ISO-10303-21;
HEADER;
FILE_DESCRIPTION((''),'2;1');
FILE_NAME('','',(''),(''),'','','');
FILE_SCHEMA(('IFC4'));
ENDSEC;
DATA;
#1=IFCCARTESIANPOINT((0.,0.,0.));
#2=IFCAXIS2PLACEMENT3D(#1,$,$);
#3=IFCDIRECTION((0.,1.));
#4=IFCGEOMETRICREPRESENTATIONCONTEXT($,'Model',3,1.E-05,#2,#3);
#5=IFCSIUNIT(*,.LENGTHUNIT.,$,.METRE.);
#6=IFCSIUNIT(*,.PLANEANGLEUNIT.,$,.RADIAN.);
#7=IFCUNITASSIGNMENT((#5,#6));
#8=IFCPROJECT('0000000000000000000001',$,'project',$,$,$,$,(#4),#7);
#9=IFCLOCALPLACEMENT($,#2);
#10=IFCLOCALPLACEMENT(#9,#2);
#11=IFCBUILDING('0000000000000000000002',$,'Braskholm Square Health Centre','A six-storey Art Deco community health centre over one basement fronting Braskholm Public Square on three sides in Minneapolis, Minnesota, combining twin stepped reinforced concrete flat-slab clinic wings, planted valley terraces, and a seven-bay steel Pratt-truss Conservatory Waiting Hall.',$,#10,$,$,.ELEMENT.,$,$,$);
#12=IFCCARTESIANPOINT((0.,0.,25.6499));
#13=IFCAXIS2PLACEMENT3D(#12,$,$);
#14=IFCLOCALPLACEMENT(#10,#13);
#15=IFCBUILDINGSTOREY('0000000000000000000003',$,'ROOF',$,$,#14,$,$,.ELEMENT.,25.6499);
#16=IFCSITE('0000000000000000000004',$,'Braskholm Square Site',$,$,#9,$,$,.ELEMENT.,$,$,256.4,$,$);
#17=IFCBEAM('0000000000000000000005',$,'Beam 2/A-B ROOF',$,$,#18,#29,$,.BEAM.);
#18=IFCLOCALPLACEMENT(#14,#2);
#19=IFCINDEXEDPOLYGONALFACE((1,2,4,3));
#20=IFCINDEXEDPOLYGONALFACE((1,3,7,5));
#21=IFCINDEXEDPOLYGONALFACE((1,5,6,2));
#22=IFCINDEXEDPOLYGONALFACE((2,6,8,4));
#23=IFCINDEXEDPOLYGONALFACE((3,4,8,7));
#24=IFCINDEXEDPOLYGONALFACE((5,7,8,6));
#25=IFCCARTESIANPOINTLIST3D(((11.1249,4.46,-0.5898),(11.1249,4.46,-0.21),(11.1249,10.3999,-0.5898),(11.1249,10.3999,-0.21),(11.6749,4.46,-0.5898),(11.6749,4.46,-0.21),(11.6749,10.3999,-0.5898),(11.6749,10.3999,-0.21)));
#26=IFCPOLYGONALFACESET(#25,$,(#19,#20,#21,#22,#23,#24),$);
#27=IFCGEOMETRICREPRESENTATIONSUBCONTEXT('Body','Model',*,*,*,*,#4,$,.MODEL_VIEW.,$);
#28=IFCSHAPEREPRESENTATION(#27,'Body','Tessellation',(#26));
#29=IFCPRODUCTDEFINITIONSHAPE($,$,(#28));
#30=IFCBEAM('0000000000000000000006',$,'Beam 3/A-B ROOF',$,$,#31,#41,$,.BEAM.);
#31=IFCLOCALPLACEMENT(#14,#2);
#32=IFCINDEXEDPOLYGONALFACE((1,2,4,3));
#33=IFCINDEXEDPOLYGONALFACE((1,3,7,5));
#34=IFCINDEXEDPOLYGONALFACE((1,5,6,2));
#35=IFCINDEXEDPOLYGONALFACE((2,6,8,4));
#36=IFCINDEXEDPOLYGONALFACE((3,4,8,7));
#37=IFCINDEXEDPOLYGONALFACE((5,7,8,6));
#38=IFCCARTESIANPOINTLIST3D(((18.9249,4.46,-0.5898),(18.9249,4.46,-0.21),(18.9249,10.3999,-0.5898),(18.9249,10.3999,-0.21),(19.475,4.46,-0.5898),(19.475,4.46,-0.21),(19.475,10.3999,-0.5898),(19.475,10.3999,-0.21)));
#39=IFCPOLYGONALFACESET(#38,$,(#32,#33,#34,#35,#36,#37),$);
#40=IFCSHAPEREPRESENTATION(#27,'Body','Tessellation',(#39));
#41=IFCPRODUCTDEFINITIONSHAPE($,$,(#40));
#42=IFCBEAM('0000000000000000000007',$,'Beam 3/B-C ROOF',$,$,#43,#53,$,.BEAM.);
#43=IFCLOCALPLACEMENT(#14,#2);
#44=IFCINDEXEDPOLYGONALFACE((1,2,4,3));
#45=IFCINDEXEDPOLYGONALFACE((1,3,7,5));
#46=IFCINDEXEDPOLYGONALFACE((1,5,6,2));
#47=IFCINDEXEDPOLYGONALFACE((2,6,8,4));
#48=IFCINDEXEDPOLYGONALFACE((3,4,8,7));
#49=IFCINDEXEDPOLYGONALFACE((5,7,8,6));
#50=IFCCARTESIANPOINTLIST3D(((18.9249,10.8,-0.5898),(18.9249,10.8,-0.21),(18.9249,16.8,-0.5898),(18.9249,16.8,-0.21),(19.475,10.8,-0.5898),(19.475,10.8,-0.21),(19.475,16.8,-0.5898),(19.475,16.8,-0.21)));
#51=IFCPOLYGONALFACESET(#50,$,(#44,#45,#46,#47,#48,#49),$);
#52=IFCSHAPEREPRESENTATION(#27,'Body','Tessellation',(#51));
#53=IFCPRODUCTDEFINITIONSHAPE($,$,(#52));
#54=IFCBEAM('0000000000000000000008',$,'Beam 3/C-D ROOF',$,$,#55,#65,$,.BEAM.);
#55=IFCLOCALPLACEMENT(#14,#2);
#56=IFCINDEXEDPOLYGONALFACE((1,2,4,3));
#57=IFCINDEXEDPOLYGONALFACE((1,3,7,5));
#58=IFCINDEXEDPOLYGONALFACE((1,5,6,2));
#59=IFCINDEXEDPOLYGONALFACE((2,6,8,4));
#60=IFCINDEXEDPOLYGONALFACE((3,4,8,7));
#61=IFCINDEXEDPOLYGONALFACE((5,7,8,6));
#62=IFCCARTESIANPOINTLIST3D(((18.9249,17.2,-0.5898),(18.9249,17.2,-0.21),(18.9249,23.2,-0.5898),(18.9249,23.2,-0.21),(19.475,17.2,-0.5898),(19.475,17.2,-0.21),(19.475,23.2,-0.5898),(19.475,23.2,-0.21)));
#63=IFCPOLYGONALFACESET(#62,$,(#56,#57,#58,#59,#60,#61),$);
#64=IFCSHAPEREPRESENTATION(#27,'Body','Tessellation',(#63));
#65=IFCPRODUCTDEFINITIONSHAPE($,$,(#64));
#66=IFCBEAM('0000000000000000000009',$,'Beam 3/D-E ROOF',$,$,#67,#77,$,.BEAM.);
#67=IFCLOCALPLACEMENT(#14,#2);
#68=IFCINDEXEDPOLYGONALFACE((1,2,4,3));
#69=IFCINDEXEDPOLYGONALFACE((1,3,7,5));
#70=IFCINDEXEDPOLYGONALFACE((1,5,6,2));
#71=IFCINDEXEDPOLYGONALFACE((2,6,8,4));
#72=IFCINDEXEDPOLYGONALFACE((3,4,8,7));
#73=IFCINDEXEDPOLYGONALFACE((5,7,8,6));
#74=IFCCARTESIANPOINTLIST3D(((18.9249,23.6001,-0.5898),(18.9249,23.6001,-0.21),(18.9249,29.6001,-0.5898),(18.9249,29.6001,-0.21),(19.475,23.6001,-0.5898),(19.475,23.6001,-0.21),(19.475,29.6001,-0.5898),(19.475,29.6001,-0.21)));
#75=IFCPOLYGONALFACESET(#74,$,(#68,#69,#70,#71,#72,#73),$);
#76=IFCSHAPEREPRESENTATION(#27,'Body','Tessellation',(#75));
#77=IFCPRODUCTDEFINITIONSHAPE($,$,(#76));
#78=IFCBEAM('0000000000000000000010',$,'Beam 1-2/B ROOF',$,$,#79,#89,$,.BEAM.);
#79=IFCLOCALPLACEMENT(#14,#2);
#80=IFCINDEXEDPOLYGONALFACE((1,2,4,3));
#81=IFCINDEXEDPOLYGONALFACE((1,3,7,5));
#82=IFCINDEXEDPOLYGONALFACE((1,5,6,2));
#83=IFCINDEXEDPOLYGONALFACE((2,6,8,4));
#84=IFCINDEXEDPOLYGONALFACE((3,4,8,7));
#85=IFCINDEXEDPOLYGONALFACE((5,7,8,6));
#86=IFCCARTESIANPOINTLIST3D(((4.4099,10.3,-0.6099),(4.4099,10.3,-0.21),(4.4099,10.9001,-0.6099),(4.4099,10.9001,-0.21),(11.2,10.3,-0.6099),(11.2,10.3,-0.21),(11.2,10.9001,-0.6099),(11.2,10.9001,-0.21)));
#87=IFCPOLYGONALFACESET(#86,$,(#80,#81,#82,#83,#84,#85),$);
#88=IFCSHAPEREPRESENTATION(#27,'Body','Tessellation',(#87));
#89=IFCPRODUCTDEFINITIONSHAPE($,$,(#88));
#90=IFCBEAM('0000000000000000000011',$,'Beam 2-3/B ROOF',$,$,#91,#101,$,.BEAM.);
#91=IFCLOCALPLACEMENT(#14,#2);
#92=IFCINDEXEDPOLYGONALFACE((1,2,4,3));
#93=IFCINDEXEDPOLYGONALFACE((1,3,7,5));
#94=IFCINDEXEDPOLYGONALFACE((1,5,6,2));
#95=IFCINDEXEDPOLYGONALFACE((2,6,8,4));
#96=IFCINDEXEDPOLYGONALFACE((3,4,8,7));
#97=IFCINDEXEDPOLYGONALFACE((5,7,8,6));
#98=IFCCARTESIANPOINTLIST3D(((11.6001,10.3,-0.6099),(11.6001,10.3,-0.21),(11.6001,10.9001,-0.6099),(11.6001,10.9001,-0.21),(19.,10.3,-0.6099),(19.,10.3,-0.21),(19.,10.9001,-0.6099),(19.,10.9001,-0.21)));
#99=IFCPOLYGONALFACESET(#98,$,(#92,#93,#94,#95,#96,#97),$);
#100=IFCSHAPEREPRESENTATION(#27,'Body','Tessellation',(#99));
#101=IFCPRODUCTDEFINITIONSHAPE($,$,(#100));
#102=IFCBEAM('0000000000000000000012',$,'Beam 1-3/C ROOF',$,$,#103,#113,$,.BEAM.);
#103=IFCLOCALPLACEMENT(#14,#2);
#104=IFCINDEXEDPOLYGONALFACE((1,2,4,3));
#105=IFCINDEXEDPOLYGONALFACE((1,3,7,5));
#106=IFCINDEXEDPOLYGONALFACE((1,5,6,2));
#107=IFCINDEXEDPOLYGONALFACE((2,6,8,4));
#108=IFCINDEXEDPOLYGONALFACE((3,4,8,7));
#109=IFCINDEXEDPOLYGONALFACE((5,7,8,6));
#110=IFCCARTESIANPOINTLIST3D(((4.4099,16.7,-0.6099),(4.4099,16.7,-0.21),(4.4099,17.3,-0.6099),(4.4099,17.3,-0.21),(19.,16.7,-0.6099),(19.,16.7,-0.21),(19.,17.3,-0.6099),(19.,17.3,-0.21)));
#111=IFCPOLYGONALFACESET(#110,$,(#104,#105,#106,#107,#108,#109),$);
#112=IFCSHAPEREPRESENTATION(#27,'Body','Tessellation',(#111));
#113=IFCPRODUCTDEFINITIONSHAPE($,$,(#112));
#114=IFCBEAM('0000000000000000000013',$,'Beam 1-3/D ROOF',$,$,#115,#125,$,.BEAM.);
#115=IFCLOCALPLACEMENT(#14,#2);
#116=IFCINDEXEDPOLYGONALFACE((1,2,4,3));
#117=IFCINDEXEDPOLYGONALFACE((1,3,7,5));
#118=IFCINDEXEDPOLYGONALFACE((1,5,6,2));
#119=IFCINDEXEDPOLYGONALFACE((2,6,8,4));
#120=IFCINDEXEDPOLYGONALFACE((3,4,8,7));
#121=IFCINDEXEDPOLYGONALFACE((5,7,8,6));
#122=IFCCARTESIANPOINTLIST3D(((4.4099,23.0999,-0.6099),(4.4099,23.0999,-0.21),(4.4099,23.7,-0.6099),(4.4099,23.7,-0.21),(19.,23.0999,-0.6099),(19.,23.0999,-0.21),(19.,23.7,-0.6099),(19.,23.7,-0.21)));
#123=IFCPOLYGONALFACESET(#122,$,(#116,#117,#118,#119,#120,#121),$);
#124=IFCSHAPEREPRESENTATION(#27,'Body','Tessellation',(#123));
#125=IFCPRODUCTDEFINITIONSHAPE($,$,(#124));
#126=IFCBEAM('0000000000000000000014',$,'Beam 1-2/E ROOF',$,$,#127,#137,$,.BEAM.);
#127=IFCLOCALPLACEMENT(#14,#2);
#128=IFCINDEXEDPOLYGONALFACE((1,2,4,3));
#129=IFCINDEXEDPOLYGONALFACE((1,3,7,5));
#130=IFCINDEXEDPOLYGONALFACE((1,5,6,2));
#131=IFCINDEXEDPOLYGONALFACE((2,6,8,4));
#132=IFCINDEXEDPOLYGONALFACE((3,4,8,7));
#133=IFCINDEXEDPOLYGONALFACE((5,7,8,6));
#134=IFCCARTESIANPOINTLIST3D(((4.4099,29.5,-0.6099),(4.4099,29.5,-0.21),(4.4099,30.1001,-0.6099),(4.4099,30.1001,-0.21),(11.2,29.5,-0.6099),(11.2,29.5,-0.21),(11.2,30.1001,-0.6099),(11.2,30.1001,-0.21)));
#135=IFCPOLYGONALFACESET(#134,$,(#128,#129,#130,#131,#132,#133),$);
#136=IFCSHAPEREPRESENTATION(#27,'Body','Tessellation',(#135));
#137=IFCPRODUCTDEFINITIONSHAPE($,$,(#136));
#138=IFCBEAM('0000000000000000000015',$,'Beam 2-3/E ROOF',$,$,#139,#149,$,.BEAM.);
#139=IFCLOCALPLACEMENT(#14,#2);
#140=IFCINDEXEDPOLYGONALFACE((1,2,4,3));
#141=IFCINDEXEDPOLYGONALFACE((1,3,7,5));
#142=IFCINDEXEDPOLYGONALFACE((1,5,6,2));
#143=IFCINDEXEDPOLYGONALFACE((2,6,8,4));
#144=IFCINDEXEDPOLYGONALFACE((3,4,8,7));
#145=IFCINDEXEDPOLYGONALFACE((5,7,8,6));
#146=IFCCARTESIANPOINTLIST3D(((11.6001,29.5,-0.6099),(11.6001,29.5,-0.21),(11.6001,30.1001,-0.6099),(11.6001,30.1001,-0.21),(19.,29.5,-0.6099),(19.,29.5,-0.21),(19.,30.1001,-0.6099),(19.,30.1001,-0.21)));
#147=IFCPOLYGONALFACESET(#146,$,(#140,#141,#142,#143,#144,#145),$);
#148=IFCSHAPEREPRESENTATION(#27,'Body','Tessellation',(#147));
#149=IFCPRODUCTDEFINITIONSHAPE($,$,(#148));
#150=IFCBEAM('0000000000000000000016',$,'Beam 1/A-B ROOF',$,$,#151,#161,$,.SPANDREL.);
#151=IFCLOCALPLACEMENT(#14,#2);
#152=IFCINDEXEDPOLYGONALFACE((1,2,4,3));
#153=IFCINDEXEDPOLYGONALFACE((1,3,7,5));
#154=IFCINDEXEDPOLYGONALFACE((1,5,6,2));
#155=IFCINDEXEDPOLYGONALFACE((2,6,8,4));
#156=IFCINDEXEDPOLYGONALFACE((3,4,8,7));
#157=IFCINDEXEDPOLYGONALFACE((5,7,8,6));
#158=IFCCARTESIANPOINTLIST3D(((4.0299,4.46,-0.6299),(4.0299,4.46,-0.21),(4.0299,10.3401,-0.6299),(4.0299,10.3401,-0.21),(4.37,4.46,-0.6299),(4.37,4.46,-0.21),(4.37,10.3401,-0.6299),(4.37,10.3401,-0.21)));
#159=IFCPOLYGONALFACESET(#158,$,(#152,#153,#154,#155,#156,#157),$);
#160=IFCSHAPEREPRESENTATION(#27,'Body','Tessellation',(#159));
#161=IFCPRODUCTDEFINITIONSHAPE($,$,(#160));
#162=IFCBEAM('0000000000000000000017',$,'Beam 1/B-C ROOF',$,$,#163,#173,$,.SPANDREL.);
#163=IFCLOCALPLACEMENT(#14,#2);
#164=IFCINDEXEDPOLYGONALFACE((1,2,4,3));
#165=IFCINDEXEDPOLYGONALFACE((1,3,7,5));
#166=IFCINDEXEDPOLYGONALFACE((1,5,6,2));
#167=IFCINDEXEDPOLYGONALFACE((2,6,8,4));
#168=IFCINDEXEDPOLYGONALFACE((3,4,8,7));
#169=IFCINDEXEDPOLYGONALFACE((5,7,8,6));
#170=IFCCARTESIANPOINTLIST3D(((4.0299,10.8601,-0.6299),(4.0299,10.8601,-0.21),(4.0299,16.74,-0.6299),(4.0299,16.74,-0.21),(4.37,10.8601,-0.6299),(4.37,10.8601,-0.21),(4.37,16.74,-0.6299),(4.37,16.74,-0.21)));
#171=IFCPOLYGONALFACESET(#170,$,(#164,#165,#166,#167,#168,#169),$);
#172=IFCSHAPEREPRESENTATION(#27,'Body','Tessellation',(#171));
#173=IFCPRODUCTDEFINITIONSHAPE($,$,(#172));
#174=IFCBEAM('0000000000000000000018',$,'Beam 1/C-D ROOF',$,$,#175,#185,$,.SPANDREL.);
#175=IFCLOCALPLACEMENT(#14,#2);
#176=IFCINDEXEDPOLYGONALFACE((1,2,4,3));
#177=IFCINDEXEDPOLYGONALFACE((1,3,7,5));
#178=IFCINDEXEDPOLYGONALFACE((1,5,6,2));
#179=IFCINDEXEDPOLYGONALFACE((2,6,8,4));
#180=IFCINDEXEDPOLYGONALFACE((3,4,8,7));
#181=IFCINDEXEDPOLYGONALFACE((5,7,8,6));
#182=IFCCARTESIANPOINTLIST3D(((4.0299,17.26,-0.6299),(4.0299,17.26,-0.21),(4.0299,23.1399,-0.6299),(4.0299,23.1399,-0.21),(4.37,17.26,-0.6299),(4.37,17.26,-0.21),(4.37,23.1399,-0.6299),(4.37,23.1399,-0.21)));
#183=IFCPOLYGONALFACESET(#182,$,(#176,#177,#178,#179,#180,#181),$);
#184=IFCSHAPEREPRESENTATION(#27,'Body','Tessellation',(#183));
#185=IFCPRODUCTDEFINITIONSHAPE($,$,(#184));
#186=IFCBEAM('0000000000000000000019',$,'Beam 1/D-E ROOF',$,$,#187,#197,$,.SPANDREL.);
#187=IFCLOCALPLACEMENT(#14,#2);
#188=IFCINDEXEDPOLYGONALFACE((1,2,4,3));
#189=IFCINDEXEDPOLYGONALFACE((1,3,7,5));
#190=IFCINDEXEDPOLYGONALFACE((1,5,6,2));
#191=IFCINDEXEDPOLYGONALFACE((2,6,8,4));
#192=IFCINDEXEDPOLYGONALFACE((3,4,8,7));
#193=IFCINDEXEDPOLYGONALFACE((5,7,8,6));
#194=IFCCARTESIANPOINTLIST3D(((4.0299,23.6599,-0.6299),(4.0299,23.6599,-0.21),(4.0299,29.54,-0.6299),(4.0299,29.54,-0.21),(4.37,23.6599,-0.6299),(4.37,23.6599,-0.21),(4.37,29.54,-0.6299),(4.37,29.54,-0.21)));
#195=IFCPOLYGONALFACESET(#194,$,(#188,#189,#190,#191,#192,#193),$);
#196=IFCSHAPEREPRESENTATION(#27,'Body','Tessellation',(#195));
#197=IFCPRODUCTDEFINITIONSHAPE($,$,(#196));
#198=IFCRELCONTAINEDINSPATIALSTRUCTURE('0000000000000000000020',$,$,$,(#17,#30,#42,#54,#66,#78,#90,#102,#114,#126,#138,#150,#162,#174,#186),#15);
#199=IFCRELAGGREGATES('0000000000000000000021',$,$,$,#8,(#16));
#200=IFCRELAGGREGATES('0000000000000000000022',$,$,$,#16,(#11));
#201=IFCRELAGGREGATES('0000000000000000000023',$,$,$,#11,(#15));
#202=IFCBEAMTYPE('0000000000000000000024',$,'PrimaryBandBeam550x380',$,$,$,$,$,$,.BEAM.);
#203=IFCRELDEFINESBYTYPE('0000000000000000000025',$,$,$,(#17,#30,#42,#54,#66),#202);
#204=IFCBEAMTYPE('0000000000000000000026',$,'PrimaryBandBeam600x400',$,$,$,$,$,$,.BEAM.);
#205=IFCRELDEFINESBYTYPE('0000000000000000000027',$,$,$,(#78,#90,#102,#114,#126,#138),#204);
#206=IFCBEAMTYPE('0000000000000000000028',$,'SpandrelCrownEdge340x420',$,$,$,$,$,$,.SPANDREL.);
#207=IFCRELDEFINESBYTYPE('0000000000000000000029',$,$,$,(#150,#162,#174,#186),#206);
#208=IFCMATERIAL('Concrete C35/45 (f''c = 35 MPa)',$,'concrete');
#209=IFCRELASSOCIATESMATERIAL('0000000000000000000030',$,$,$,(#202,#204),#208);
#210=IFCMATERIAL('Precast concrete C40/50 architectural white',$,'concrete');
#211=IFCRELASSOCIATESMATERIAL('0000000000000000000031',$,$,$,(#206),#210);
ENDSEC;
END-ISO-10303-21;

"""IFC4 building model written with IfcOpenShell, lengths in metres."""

from ifc_helpers import new_model, si_unit, direction, frame, origin, origin_2d, place, context, subcontext, project, spatial, rectangle, extrude, material, material_profile, profile_set, type_object, element, save


model = new_model("IFC4")

# Units and contexts
model_context = context("Model", 3, precision=1e-05, world=origin(), true_north=direction((0.0, 1.0)))
body_context = subcontext(model_context, "Body", "Model", "MODEL_VIEW")
ifc_project = project(units=[si_unit("LENGTHUNIT", "METRE"), si_unit("PLANEANGLEUNIT", "RADIAN")], contexts=[model_context])

# Site, building, storey
site_placement = place(None, origin())
site = spatial("IfcSite", under=ifc_project, at=site_placement, Name="Braskholm Square Site", CompositionType="ELEMENT", RefElevation=256.4)
building_placement = place(site_placement, origin())
building = spatial("IfcBuilding", under=site, at=building_placement, Name="Braskholm Square Health Centre", Description="A six-storey Art Deco community health centre over one basement fronting Braskholm Public Square on three sides in Minneapolis, Minnesota, combining twin stepped reinforced concrete flat-slab clinic wings, planted valley terraces, and a seven-bay steel Pratt-truss Conservatory Waiting Hall.", CompositionType="ELEMENT")
storey_placement = place(building_placement, frame((0.0, 0.0, 25.6499)))
storey = spatial("IfcBuildingStorey", under=building, at=storey_placement, Name="ROOF", CompositionType="ELEMENT", Elevation=25.6499)

# Beams
ifc_material_1 = material(Name="Concrete C35/45 (f'c = 35 MPa)", Category="concrete")
ifc_material_profile_1 = material_profile(ifc_material_1, rectangle(XDim=0.55, YDim=0.3799, at=origin_2d()), Name="RCB-550X380")
ifc_profile_set_1 = profile_set([ifc_material_profile_1], Name="Concrete C35/45 (f'c = 35 MPa)")
beam_type_1 = type_object("IfcBeamType", Name="PrimaryBandBeam550x380", PredefinedType="BEAM", material=ifc_profile_set_1)
for number, where, z_axis, x_axis, name in (
    (1, (11.3999, 4.46, -0.3999), (0.0, 1.0, 0.0), (-1.0, 0.0, 0.0), "Beam 2/A-B ROOF"),
    (2, (19.2, 4.46, -0.3999), (0.0, 1.0, 0.0), (-1.0, 0.0, 0.0), "Beam 3/A-B ROOF"),
):
    element("IfcBeam", number, at=place(storey_placement, frame(where, z_axis=z_axis, x_axis=x_axis)), inside=storey, type_object=beam_type_1, Name=name, PredefinedType="BEAM", context=body_context, shape_type="SweptSolid", body=[
        extrude(rectangle(XDim=0.55, YDim=0.3799, at=origin_2d()), origin(), (0.0, 0.0, 1.0), 5.9399),
    ])
for number, where, z_axis, x_axis, name in (
    (3, (19.2, 10.8, -0.3999), (0.0, 1.0, 0.0), (-1.0, 0.0, 0.0), "Beam 3/B-C ROOF"),
    (4, (19.2, 17.2, -0.3999), (0.0, 1.0, 0.0), (-1.0, 0.0, 0.0), "Beam 3/C-D ROOF"),
    (5, (19.2, 23.6001, -0.3999), (0.0, 1.0, 0.0), (-1.0, 0.0, 0.0), "Beam 3/D-E ROOF"),
):
    element("IfcBeam", number, at=place(storey_placement, frame(where, z_axis=z_axis, x_axis=x_axis)), inside=storey, type_object=beam_type_1, Name=name, PredefinedType="BEAM", context=body_context, shape_type="SweptSolid", body=[
        extrude(rectangle(XDim=0.55, YDim=0.3799, at=origin_2d()), origin(), (0.0, 0.0, 1.0), 6.0),
    ])
ifc_material_profile_2 = material_profile(ifc_material_1, rectangle(XDim=0.6001, YDim=0.3999, at=origin_2d()), Name="RCB-600X400")
ifc_profile_set_2 = profile_set([ifc_material_profile_2], Name="Concrete C35/45 (f'c = 35 MPa)")
beam_type_2 = type_object("IfcBeamType", Name="PrimaryBandBeam600x400", PredefinedType="BEAM", material=ifc_profile_set_2)
beam_1_placement = place(storey_placement, frame((4.4099, 10.6001, -0.4099), z_axis=(1.0, 0.0, 0.0), x_axis=(0.0, 1.0, 0.0)))
element("IfcBeam", 6, at=beam_1_placement, inside=storey, type_object=beam_type_2, Name="Beam 1-2/B ROOF", PredefinedType="BEAM", context=body_context, shape_type="SweptSolid", body=[
    extrude(rectangle(XDim=0.6001, YDim=0.3999, at=origin_2d()), origin(), (0.0, 0.0, 1.0), 6.79),
])
beam_2_placement = place(storey_placement, frame((11.6001, 10.6001, -0.4099), z_axis=(1.0, 0.0, 0.0), x_axis=(0.0, 1.0, 0.0)))
element("IfcBeam", 7, at=beam_2_placement, inside=storey, type_object=beam_type_2, Name="Beam 2-3/B ROOF", PredefinedType="BEAM", context=body_context, shape_type="SweptSolid", body=[
    extrude(rectangle(XDim=0.6001, YDim=0.3999, at=origin_2d()), origin(), (0.0, 0.0, 1.0), 7.3999),
])
for number, where, z_axis, x_axis, name in (
    (8, (4.4099, 17.0, -0.4099), (1.0, 0.0, 0.0), (0.0, 1.0, 0.0), "Beam 1-3/C ROOF"),
    (9, (4.4099, 23.3999, -0.4099), (1.0, 0.0, 0.0), (0.0, 1.0, 0.0), "Beam 1-3/D ROOF"),
):
    element("IfcBeam", number, at=place(storey_placement, frame(where, z_axis=z_axis, x_axis=x_axis)), inside=storey, type_object=beam_type_2, Name=name, PredefinedType="BEAM", context=body_context, shape_type="SweptSolid", body=[
        extrude(rectangle(XDim=0.6001, YDim=0.3999, at=origin_2d()), origin(), (0.0, 0.0, 1.0), 14.5901),
    ])
beam_3_placement = place(storey_placement, frame((4.4099, 29.8, -0.4099), z_axis=(1.0, 0.0, 0.0), x_axis=(0.0, 1.0, 0.0)))
element("IfcBeam", 10, at=beam_3_placement, inside=storey, type_object=beam_type_2, Name="Beam 1-2/E ROOF", PredefinedType="BEAM", context=body_context, shape_type="SweptSolid", body=[
    extrude(rectangle(XDim=0.6001, YDim=0.3999, at=origin_2d()), origin(), (0.0, 0.0, 1.0), 6.79),
])
beam_4_placement = place(storey_placement, frame((11.6001, 29.8, -0.4099), z_axis=(1.0, 0.0, 0.0), x_axis=(0.0, 1.0, 0.0)))
element("IfcBeam", 11, at=beam_4_placement, inside=storey, type_object=beam_type_2, Name="Beam 2-3/E ROOF", PredefinedType="BEAM", context=body_context, shape_type="SweptSolid", body=[
    extrude(rectangle(XDim=0.6001, YDim=0.3999, at=origin_2d()), origin(), (0.0, 0.0, 1.0), 7.3999),
])
ifc_material_2 = material(Name="Precast concrete C40/50 architectural white", Category="concrete")
ifc_material_profile_3 = material_profile(ifc_material_2, rectangle(XDim=0.3401, YDim=0.4199, at=origin_2d()), Name="RCB-340X420")
ifc_profile_set_3 = profile_set([ifc_material_profile_3], Name="Precast concrete C40/50 architectural white")
beam_type_3 = type_object("IfcBeamType", Name="SpandrelCrownEdge340x420", PredefinedType="SPANDREL", material=ifc_profile_set_3)
beam_5_placement = place(storey_placement, frame((4.2, 4.46, -0.4199), z_axis=(0.0, 1.0, 0.0), x_axis=(-1.0, 0.0, 0.0)))
element("IfcBeam", 12, at=beam_5_placement, inside=storey, type_object=beam_type_3, Name="Beam 1/A-B ROOF", PredefinedType="SPANDREL", context=body_context, shape_type="SweptSolid", body=[
    extrude(rectangle(XDim=0.3401, YDim=0.4199, at=origin_2d()), origin(), (0.0, 0.0, 1.0), 5.8801),
])
for number, where, z_axis, x_axis, name in (
    (13, (4.2, 10.8601, -0.4199), (0.0, 1.0, 0.0), (-1.0, 0.0, 0.0), "Beam 1/B-C ROOF"),
    (14, (4.2, 17.26, -0.4199), (0.0, 1.0, 0.0), (-1.0, 0.0, 0.0), "Beam 1/C-D ROOF"),
):
    element("IfcBeam", number, at=place(storey_placement, frame(where, z_axis=z_axis, x_axis=x_axis)), inside=storey, type_object=beam_type_3, Name=name, PredefinedType="SPANDREL", context=body_context, shape_type="SweptSolid", body=[
        extrude(rectangle(XDim=0.3401, YDim=0.4199, at=origin_2d()), origin(), (0.0, 0.0, 1.0), 5.8799),
    ])
beam_6_placement = place(storey_placement, frame((4.2, 23.6599, -0.4199), z_axis=(0.0, 1.0, 0.0), x_axis=(-1.0, 0.0, 0.0)))
element("IfcBeam", 15, at=beam_6_placement, inside=storey, type_object=beam_type_3, Name="Beam 1/D-E ROOF", PredefinedType="SPANDREL", context=body_context, shape_type="SweptSolid", body=[
    extrude(rectangle(XDim=0.3401, YDim=0.4199, at=origin_2d()), origin(), (0.0, 0.0, 1.0), 5.8801),
])

save(model, "model.ifc")
